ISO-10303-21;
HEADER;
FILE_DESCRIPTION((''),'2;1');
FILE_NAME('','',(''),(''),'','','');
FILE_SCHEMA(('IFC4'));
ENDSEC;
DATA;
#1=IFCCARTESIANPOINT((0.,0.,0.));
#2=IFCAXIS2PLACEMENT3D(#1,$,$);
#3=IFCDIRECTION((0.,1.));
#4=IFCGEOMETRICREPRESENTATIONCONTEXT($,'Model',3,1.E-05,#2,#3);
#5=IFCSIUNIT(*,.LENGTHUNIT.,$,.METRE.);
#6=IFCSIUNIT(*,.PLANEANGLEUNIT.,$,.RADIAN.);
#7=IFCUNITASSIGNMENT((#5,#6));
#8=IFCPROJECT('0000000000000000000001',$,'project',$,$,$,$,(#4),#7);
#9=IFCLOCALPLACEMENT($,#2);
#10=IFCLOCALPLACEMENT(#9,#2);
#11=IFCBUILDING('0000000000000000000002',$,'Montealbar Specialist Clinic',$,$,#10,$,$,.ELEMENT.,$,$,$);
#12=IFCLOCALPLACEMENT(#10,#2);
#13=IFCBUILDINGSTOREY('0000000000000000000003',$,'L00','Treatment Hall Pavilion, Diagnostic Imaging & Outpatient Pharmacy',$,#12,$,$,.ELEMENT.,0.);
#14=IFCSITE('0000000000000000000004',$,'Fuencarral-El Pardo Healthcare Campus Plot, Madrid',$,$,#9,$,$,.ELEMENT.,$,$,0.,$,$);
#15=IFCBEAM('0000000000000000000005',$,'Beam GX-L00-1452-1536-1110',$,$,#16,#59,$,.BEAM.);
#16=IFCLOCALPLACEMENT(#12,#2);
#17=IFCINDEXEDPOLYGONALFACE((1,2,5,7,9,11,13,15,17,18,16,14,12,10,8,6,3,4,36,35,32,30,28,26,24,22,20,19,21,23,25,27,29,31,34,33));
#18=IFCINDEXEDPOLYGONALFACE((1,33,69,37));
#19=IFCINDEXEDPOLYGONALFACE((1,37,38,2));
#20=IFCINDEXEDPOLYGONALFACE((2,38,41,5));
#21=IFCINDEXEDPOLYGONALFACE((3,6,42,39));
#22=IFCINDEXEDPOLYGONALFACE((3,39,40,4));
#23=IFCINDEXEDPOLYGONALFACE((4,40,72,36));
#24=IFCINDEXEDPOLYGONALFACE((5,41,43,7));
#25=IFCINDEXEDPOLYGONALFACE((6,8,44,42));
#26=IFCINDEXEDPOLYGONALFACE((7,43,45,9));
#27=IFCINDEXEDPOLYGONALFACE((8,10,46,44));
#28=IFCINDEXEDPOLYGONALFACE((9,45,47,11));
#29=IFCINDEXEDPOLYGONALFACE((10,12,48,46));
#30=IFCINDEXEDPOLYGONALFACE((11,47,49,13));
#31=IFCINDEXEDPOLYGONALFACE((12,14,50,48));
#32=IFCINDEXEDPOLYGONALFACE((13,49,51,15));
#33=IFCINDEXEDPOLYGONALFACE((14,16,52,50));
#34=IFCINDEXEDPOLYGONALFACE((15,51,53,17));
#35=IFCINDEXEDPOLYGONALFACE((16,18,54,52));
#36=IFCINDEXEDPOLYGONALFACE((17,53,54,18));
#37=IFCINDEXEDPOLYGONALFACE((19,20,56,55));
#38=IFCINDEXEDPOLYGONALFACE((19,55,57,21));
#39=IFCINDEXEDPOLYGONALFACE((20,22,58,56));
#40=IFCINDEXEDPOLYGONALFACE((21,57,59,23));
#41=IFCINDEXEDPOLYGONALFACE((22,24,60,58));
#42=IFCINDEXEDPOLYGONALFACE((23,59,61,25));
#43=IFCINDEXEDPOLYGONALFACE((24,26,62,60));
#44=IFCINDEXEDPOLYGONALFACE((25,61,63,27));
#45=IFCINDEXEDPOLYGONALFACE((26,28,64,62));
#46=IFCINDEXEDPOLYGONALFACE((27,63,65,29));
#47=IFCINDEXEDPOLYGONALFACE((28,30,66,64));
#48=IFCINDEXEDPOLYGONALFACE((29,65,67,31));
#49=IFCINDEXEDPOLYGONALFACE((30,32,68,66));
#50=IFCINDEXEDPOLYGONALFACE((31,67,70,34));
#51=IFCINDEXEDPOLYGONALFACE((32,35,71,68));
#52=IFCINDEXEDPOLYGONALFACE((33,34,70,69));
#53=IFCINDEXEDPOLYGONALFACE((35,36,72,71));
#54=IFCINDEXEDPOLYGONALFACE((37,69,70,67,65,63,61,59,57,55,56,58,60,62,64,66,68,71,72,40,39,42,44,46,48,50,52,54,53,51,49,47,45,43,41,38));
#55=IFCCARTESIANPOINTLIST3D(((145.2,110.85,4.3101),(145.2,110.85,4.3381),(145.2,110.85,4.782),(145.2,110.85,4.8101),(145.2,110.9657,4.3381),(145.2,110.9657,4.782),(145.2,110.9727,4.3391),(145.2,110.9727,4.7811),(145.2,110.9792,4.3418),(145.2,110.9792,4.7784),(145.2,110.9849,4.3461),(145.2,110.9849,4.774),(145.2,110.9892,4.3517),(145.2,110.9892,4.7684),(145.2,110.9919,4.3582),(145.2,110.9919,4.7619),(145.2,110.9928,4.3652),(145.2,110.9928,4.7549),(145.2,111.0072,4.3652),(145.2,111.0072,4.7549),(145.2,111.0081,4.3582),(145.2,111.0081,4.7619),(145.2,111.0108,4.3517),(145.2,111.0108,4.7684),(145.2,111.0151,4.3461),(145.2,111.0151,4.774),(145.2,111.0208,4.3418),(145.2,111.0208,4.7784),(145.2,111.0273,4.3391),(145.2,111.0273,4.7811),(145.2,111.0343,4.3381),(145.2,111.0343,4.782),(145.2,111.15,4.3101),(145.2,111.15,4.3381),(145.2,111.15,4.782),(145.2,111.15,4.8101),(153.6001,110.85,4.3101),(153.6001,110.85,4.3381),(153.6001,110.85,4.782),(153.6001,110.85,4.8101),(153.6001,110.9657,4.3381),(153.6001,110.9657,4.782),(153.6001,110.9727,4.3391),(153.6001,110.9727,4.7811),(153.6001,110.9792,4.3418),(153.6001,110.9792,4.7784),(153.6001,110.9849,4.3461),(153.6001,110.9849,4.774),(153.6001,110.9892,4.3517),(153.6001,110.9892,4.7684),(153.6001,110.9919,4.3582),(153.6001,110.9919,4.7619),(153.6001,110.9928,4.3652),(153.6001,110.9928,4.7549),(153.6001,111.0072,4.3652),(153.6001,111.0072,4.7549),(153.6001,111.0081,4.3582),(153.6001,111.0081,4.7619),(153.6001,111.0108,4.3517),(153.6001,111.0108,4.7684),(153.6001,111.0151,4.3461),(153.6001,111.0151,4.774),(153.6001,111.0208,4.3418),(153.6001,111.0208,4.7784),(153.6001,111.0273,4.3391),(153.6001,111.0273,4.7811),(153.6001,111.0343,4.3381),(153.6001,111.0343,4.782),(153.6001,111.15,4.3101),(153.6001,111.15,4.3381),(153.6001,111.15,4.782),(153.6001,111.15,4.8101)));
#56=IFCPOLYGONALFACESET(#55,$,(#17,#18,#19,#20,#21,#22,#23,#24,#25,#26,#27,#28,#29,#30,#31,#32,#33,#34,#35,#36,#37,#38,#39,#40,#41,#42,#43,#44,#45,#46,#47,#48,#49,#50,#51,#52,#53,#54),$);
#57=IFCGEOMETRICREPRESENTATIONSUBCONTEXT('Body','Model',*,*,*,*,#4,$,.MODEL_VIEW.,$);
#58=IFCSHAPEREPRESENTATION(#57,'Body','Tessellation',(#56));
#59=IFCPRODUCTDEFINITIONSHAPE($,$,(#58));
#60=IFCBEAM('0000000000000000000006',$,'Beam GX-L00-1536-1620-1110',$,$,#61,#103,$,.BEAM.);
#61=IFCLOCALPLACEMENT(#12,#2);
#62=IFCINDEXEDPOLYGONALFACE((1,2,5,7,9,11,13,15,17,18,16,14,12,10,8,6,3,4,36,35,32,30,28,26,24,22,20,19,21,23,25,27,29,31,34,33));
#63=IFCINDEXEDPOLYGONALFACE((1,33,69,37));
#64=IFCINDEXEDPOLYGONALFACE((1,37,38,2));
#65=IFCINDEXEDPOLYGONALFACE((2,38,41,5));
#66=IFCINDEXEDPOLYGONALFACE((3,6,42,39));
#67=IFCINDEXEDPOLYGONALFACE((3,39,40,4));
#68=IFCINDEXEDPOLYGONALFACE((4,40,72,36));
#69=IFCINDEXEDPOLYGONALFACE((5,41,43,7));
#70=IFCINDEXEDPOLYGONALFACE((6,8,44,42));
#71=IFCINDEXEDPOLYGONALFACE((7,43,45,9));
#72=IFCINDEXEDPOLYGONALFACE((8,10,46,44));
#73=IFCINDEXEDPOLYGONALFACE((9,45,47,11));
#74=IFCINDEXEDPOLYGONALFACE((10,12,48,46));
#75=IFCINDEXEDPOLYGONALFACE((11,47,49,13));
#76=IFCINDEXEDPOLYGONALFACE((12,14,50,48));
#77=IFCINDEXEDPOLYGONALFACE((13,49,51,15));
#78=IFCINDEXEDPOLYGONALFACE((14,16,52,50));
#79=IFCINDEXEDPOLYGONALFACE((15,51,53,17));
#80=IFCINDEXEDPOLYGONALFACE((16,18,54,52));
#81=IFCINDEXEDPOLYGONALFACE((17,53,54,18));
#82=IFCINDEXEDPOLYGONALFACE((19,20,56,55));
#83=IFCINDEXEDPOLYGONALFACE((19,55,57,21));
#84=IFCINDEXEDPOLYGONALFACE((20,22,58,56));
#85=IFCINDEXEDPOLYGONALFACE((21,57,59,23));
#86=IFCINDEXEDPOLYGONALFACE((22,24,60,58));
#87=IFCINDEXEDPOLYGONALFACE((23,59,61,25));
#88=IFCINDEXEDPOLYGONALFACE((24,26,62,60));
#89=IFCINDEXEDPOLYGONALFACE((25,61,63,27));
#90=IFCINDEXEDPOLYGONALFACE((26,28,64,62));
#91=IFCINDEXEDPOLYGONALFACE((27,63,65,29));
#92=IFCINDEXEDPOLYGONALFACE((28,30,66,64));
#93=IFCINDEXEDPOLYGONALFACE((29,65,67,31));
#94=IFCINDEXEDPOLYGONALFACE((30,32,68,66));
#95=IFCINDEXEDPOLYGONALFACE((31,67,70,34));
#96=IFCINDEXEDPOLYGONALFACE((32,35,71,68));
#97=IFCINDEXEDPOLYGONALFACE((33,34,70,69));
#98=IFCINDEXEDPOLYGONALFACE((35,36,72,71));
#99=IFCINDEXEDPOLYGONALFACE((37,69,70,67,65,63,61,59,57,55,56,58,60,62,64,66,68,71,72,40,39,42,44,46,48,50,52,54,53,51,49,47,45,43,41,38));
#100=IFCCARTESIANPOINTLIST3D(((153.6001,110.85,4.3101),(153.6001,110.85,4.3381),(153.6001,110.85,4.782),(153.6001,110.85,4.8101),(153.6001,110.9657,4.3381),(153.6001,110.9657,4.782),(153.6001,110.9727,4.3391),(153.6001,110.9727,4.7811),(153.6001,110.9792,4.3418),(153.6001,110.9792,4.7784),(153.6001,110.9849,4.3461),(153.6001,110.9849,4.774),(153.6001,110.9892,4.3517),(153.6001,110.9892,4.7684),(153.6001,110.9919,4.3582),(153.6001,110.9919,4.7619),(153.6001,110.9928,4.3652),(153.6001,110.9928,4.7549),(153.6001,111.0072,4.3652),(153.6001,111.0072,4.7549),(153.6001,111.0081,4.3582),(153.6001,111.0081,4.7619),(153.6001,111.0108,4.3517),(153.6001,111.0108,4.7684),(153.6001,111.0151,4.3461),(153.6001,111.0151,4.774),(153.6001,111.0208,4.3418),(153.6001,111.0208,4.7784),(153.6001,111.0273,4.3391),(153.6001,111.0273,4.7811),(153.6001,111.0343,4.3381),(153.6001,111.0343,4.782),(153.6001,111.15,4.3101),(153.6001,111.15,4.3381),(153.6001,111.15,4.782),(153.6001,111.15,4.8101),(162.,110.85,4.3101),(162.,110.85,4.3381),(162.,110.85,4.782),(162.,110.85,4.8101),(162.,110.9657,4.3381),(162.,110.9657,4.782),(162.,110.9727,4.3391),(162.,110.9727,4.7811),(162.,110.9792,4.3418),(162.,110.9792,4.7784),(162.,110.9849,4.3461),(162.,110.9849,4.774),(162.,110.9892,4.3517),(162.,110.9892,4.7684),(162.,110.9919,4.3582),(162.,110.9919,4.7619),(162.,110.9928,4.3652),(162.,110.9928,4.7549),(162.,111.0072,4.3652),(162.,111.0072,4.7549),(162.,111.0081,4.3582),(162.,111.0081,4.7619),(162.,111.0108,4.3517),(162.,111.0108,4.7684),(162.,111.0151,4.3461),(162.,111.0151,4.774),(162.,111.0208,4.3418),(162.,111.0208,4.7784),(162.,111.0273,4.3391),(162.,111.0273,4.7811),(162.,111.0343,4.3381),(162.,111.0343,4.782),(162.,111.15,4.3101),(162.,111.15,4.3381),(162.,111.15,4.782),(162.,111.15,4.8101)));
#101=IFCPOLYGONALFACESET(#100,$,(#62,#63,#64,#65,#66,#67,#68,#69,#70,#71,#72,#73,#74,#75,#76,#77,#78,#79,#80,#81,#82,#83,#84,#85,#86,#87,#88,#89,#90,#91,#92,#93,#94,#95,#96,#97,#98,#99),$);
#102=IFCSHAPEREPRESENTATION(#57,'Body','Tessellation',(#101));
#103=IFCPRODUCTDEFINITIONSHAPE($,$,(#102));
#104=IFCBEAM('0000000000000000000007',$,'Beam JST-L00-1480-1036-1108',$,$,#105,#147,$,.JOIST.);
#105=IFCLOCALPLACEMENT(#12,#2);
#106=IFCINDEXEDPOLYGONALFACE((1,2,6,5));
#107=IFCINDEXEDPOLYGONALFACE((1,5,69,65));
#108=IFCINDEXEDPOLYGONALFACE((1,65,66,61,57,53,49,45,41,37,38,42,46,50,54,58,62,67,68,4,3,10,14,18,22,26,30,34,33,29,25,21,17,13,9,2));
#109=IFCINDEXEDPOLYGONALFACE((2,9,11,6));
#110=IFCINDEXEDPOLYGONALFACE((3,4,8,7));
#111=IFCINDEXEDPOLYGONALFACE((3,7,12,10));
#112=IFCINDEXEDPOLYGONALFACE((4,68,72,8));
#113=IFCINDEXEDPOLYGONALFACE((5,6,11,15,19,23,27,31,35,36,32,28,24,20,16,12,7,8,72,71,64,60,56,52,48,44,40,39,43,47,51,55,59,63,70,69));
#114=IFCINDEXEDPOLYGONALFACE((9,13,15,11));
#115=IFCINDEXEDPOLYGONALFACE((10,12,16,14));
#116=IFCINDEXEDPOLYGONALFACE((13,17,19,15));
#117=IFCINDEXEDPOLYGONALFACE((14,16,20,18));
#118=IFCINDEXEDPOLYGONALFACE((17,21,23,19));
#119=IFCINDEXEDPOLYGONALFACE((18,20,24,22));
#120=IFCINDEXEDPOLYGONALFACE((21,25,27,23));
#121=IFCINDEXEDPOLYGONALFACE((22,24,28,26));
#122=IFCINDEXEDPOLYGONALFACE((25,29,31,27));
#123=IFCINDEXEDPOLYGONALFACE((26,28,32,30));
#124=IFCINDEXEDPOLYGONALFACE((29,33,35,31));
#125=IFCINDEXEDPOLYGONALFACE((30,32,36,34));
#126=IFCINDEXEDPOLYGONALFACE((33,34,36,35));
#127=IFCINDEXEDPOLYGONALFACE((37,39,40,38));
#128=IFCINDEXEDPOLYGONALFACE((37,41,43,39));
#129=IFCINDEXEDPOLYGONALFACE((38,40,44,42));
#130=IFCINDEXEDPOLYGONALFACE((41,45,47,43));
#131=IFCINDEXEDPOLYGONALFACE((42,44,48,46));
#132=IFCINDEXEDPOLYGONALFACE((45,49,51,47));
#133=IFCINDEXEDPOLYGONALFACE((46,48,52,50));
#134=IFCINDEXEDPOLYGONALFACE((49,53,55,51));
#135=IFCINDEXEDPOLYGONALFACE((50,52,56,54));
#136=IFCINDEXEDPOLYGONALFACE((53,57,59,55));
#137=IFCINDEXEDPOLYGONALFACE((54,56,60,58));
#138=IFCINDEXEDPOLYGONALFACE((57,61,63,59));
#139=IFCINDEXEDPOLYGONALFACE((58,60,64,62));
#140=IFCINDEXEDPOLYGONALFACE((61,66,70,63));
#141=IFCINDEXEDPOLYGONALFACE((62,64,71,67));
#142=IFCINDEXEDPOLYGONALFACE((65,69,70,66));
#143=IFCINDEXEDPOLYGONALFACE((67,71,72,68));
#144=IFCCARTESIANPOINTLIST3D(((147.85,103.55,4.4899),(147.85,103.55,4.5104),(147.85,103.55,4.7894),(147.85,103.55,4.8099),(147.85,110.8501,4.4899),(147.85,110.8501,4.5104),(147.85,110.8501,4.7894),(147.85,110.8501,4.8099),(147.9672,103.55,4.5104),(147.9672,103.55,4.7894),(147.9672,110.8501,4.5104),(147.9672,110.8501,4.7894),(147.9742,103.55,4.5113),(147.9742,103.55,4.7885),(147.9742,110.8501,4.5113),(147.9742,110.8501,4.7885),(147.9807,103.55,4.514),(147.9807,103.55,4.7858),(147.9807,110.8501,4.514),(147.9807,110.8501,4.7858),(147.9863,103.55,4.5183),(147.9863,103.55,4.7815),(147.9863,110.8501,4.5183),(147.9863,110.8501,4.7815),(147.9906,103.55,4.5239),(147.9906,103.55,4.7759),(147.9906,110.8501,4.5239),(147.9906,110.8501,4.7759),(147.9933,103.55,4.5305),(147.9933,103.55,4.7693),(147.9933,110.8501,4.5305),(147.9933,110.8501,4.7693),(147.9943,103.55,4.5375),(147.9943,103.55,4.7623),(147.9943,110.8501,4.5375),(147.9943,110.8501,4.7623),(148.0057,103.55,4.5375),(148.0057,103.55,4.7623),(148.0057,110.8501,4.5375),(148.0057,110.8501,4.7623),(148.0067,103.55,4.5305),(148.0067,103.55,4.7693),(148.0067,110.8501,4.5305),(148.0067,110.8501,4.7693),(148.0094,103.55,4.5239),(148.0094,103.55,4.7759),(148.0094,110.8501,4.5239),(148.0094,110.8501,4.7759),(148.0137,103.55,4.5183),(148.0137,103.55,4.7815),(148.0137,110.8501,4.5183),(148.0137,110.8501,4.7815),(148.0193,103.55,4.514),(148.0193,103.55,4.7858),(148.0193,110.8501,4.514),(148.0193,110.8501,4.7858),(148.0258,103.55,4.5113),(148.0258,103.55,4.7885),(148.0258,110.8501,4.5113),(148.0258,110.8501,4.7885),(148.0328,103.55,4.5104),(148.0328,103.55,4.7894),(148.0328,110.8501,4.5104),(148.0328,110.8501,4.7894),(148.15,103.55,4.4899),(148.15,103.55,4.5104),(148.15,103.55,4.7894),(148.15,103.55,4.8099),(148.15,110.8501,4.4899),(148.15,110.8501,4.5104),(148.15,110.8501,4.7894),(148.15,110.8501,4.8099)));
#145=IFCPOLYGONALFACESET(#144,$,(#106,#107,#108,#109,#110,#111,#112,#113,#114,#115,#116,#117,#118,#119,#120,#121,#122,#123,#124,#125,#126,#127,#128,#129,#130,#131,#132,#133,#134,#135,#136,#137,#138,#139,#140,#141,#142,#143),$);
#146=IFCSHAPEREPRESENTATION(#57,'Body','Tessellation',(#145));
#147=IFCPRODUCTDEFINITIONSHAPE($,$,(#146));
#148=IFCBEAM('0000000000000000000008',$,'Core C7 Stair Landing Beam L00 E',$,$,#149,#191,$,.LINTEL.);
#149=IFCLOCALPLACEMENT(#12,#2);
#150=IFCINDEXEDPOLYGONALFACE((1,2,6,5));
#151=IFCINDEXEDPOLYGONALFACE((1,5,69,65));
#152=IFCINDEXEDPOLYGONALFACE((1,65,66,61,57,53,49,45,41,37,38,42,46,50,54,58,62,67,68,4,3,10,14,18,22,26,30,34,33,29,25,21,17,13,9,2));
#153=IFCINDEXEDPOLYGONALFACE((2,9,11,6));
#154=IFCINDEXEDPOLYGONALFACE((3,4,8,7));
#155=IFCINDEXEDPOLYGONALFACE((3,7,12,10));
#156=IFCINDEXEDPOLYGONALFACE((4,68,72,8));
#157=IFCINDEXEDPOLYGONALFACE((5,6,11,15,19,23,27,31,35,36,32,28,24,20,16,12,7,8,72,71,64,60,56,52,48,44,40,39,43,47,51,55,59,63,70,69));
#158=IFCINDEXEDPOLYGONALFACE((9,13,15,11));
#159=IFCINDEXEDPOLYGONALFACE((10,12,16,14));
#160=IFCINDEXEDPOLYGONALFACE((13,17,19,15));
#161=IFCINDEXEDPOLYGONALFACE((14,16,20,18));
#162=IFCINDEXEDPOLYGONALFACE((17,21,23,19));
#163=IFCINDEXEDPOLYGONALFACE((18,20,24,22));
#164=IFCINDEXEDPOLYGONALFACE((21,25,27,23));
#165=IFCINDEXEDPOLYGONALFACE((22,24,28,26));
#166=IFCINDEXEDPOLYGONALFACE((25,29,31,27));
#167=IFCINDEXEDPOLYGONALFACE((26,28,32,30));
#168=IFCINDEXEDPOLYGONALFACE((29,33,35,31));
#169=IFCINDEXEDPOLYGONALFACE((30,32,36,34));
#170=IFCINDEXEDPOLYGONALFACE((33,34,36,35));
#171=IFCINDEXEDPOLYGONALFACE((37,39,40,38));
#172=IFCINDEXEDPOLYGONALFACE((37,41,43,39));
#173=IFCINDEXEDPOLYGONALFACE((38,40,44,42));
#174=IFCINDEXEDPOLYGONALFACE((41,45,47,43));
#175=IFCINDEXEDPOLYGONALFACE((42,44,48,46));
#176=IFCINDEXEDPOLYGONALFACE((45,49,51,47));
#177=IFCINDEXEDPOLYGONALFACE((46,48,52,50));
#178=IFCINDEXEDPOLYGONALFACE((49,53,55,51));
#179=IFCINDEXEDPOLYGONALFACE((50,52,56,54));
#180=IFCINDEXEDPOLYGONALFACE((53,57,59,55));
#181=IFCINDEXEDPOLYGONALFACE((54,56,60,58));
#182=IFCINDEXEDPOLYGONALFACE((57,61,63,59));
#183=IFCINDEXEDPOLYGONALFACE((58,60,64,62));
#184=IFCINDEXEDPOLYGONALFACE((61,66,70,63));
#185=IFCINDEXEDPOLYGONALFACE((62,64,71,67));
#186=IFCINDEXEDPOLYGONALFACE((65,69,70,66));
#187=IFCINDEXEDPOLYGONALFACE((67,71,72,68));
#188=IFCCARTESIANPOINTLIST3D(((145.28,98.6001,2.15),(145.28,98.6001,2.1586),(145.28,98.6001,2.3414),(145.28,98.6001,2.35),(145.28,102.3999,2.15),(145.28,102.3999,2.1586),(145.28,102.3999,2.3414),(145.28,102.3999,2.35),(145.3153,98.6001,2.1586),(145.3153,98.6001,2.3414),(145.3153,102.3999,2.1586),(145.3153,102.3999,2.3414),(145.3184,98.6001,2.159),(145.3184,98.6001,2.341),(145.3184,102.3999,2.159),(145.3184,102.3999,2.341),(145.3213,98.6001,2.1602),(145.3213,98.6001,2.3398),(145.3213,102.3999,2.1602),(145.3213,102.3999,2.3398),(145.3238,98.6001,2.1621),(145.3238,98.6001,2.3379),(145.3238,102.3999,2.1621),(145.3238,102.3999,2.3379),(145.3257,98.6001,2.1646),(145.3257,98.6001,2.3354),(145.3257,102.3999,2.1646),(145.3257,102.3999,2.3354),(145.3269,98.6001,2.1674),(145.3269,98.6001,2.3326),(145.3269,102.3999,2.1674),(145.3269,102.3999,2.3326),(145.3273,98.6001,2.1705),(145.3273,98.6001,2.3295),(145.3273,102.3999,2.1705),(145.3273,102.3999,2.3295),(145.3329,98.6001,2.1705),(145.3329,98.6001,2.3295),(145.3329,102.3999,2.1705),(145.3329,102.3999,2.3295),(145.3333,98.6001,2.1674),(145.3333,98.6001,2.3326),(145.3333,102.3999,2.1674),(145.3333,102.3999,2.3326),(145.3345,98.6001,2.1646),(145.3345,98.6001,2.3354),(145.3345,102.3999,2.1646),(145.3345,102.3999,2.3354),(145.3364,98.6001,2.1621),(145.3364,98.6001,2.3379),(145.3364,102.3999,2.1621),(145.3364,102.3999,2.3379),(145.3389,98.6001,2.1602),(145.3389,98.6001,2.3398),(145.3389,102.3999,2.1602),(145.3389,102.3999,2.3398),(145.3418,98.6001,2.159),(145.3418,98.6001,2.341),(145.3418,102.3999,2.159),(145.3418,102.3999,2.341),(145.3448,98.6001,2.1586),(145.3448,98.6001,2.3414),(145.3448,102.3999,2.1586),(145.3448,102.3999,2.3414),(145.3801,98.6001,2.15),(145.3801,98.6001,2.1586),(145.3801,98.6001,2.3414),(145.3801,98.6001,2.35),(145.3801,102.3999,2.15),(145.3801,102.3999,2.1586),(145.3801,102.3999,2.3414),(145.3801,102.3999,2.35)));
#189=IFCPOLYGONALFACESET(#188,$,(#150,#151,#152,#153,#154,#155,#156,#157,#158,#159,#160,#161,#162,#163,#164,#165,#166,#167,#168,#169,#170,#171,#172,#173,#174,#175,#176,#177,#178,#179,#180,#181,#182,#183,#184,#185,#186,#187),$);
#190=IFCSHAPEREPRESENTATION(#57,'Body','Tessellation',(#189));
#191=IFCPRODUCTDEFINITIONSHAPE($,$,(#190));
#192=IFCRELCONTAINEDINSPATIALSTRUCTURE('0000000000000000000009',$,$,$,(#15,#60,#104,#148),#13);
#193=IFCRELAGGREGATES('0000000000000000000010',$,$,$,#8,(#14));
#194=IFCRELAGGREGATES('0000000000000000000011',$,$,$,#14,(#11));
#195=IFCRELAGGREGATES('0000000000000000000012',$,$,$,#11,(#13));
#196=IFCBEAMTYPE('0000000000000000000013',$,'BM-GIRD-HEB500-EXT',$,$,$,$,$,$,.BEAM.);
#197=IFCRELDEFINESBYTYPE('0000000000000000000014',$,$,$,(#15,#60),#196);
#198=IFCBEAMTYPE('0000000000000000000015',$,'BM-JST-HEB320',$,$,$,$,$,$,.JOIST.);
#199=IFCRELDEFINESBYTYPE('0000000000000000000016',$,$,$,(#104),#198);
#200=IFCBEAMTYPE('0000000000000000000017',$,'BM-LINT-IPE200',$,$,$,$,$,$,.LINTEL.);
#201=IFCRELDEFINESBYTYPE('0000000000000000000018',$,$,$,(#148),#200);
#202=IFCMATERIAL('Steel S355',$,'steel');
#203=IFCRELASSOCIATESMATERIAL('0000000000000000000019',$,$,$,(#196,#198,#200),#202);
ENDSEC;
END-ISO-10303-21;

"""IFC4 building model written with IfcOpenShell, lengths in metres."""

from ifc_helpers import new_model, si_unit, direction, frame, origin, origin_2d, place, context, subcontext, project, spatial, i_section, extrude, material, material_profile, profile_set, type_object, element, save


model = new_model("IFC4")

# Units and contexts
model_context = context("Model", 3, precision=1e-05, world=origin(), true_north=direction((0.0, 1.0)))
body_context = subcontext(model_context, "Body", "Model", "MODEL_VIEW")
ifc_project = project(units=[si_unit("LENGTHUNIT", "METRE"), si_unit("PLANEANGLEUNIT", "RADIAN")], contexts=[model_context])

# Site, building, storey
site_placement = place(None, origin())
site = spatial("IfcSite", under=ifc_project, at=site_placement, Name="Fuencarral-El Pardo Healthcare Campus Plot, Madrid", CompositionType="ELEMENT", RefElevation=0.0)
building_placement = place(site_placement, origin())
building = spatial("IfcBuilding", under=site, at=building_placement, Name="Montealbar Specialist Clinic", CompositionType="ELEMENT")
storey_placement = place(building_placement, origin())
storey = spatial("IfcBuildingStorey", under=building, at=storey_placement, Name="L00", Description="Treatment Hall Pavilion, Diagnostic Imaging & Outpatient Pharmacy", CompositionType="ELEMENT", Elevation=0.0)

# Shared definitions
ifc_material_1 = material(Name="Steel S355", Category="steel")

# Beams
ifc_material_profile_1 = material_profile(ifc_material_1, i_section(OverallWidth=0.3, OverallDepth=0.5, WebThickness=0.0144, FlangeThickness=0.0281, FilletRadius=0.0271, at=origin_2d()), Name="HEB 500", Category="steel")
ifc_profile_set_1 = profile_set([ifc_material_profile_1], Name="Steel S355")
beam_type_1 = type_object("IfcBeamType", Name="BM-GIRD-HEB500-EXT", PredefinedType="BEAM", material=ifc_profile_set_1)
beam_1_placement = place(storey_placement, frame((145.2, 111.0, 4.5601), z_axis=(1.0, 0.0, 0.0), x_axis=(0.0, 1.0, 0.0)))
element("IfcBeam", 1, at=beam_1_placement, inside=storey, type_object=beam_type_1, Name="Beam GX-L00-1452-1536-1110", PredefinedType="BEAM", context=body_context, shape_type="SweptSolid", body=[
    extrude(i_section(OverallWidth=0.3, OverallDepth=0.5, WebThickness=0.0144, FlangeThickness=0.0281, FilletRadius=0.0271, at=origin_2d()), origin(), (0.0, 0.0, 1.0), 8.4001),
])
beam_2_placement = place(storey_placement, frame((153.6001, 111.0, 4.5601), z_axis=(1.0, 0.0, 0.0), x_axis=(0.0, 1.0, 0.0)))
element("IfcBeam", 2, at=beam_2_placement, inside=storey, type_object=beam_type_1, Name="Beam GX-L00-1536-1620-1110", PredefinedType="BEAM", context=body_context, shape_type="SweptSolid", body=[
    extrude(i_section(OverallWidth=0.3, OverallDepth=0.5, WebThickness=0.0144, FlangeThickness=0.0281, FilletRadius=0.0271, at=origin_2d()), origin(), (0.0, 0.0, 1.0), 8.3999),
])
ifc_material_profile_2 = material_profile(ifc_material_1, i_section(OverallWidth=0.3, OverallDepth=0.3201, WebThickness=0.0115, FlangeThickness=0.0205, FilletRadius=0.0271, at=origin_2d()), Name="HEB 320", Category="steel")
ifc_profile_set_2 = profile_set([ifc_material_profile_2], Name="Steel S355")
beam_type_2 = type_object("IfcBeamType", Name="BM-JST-HEB320", PredefinedType="JOIST", material=ifc_profile_set_2)
beam_3_placement = place(storey_placement, frame((148.0, 103.55, 4.6499), z_axis=(0.0, 1.0, 0.0), x_axis=(-1.0, 0.0, 0.0)))
element("IfcBeam", 3, at=beam_3_placement, inside=storey, type_object=beam_type_2, Name="Beam JST-L00-1480-1036-1108", PredefinedType="JOIST", context=body_context, shape_type="SweptSolid", body=[
    extrude(i_section(OverallWidth=0.3, OverallDepth=0.3201, WebThickness=0.0115, FlangeThickness=0.0205, FilletRadius=0.0271, at=origin_2d()), origin(), (0.0, 0.0, 1.0), 7.3),
])
ifc_material_profile_3 = material_profile(ifc_material_1, i_section(OverallWidth=0.1001, OverallDepth=0.2, WebThickness=0.0056, FlangeThickness=0.0085, FilletRadius=0.012, at=origin_2d()), Name="IPE 200", Category="steel")
ifc_profile_set_3 = profile_set([ifc_material_profile_3], Name="Steel S355")
beam_type_3 = type_object("IfcBeamType", Name="BM-LINT-IPE200", PredefinedType="LINTEL", material=ifc_profile_set_3)
beam_4_placement = place(storey_placement, frame((145.3301, 98.6001, 2.25), z_axis=(0.0, 1.0, 0.0), x_axis=(-1.0, 0.0, 0.0)))
element("IfcBeam", 4, at=beam_4_placement, inside=storey, type_object=beam_type_3, Name="Core C7 Stair Landing Beam L00 E", PredefinedType="LINTEL", context=body_context, shape_type="SweptSolid", body=[
    extrude(i_section(OverallWidth=0.1001, OverallDepth=0.2, WebThickness=0.0056, FlangeThickness=0.0085, FilletRadius=0.012, at=origin_2d()), origin(), (0.0, 0.0, 1.0), 3.7998),
])

save(model, "model.ifc")
